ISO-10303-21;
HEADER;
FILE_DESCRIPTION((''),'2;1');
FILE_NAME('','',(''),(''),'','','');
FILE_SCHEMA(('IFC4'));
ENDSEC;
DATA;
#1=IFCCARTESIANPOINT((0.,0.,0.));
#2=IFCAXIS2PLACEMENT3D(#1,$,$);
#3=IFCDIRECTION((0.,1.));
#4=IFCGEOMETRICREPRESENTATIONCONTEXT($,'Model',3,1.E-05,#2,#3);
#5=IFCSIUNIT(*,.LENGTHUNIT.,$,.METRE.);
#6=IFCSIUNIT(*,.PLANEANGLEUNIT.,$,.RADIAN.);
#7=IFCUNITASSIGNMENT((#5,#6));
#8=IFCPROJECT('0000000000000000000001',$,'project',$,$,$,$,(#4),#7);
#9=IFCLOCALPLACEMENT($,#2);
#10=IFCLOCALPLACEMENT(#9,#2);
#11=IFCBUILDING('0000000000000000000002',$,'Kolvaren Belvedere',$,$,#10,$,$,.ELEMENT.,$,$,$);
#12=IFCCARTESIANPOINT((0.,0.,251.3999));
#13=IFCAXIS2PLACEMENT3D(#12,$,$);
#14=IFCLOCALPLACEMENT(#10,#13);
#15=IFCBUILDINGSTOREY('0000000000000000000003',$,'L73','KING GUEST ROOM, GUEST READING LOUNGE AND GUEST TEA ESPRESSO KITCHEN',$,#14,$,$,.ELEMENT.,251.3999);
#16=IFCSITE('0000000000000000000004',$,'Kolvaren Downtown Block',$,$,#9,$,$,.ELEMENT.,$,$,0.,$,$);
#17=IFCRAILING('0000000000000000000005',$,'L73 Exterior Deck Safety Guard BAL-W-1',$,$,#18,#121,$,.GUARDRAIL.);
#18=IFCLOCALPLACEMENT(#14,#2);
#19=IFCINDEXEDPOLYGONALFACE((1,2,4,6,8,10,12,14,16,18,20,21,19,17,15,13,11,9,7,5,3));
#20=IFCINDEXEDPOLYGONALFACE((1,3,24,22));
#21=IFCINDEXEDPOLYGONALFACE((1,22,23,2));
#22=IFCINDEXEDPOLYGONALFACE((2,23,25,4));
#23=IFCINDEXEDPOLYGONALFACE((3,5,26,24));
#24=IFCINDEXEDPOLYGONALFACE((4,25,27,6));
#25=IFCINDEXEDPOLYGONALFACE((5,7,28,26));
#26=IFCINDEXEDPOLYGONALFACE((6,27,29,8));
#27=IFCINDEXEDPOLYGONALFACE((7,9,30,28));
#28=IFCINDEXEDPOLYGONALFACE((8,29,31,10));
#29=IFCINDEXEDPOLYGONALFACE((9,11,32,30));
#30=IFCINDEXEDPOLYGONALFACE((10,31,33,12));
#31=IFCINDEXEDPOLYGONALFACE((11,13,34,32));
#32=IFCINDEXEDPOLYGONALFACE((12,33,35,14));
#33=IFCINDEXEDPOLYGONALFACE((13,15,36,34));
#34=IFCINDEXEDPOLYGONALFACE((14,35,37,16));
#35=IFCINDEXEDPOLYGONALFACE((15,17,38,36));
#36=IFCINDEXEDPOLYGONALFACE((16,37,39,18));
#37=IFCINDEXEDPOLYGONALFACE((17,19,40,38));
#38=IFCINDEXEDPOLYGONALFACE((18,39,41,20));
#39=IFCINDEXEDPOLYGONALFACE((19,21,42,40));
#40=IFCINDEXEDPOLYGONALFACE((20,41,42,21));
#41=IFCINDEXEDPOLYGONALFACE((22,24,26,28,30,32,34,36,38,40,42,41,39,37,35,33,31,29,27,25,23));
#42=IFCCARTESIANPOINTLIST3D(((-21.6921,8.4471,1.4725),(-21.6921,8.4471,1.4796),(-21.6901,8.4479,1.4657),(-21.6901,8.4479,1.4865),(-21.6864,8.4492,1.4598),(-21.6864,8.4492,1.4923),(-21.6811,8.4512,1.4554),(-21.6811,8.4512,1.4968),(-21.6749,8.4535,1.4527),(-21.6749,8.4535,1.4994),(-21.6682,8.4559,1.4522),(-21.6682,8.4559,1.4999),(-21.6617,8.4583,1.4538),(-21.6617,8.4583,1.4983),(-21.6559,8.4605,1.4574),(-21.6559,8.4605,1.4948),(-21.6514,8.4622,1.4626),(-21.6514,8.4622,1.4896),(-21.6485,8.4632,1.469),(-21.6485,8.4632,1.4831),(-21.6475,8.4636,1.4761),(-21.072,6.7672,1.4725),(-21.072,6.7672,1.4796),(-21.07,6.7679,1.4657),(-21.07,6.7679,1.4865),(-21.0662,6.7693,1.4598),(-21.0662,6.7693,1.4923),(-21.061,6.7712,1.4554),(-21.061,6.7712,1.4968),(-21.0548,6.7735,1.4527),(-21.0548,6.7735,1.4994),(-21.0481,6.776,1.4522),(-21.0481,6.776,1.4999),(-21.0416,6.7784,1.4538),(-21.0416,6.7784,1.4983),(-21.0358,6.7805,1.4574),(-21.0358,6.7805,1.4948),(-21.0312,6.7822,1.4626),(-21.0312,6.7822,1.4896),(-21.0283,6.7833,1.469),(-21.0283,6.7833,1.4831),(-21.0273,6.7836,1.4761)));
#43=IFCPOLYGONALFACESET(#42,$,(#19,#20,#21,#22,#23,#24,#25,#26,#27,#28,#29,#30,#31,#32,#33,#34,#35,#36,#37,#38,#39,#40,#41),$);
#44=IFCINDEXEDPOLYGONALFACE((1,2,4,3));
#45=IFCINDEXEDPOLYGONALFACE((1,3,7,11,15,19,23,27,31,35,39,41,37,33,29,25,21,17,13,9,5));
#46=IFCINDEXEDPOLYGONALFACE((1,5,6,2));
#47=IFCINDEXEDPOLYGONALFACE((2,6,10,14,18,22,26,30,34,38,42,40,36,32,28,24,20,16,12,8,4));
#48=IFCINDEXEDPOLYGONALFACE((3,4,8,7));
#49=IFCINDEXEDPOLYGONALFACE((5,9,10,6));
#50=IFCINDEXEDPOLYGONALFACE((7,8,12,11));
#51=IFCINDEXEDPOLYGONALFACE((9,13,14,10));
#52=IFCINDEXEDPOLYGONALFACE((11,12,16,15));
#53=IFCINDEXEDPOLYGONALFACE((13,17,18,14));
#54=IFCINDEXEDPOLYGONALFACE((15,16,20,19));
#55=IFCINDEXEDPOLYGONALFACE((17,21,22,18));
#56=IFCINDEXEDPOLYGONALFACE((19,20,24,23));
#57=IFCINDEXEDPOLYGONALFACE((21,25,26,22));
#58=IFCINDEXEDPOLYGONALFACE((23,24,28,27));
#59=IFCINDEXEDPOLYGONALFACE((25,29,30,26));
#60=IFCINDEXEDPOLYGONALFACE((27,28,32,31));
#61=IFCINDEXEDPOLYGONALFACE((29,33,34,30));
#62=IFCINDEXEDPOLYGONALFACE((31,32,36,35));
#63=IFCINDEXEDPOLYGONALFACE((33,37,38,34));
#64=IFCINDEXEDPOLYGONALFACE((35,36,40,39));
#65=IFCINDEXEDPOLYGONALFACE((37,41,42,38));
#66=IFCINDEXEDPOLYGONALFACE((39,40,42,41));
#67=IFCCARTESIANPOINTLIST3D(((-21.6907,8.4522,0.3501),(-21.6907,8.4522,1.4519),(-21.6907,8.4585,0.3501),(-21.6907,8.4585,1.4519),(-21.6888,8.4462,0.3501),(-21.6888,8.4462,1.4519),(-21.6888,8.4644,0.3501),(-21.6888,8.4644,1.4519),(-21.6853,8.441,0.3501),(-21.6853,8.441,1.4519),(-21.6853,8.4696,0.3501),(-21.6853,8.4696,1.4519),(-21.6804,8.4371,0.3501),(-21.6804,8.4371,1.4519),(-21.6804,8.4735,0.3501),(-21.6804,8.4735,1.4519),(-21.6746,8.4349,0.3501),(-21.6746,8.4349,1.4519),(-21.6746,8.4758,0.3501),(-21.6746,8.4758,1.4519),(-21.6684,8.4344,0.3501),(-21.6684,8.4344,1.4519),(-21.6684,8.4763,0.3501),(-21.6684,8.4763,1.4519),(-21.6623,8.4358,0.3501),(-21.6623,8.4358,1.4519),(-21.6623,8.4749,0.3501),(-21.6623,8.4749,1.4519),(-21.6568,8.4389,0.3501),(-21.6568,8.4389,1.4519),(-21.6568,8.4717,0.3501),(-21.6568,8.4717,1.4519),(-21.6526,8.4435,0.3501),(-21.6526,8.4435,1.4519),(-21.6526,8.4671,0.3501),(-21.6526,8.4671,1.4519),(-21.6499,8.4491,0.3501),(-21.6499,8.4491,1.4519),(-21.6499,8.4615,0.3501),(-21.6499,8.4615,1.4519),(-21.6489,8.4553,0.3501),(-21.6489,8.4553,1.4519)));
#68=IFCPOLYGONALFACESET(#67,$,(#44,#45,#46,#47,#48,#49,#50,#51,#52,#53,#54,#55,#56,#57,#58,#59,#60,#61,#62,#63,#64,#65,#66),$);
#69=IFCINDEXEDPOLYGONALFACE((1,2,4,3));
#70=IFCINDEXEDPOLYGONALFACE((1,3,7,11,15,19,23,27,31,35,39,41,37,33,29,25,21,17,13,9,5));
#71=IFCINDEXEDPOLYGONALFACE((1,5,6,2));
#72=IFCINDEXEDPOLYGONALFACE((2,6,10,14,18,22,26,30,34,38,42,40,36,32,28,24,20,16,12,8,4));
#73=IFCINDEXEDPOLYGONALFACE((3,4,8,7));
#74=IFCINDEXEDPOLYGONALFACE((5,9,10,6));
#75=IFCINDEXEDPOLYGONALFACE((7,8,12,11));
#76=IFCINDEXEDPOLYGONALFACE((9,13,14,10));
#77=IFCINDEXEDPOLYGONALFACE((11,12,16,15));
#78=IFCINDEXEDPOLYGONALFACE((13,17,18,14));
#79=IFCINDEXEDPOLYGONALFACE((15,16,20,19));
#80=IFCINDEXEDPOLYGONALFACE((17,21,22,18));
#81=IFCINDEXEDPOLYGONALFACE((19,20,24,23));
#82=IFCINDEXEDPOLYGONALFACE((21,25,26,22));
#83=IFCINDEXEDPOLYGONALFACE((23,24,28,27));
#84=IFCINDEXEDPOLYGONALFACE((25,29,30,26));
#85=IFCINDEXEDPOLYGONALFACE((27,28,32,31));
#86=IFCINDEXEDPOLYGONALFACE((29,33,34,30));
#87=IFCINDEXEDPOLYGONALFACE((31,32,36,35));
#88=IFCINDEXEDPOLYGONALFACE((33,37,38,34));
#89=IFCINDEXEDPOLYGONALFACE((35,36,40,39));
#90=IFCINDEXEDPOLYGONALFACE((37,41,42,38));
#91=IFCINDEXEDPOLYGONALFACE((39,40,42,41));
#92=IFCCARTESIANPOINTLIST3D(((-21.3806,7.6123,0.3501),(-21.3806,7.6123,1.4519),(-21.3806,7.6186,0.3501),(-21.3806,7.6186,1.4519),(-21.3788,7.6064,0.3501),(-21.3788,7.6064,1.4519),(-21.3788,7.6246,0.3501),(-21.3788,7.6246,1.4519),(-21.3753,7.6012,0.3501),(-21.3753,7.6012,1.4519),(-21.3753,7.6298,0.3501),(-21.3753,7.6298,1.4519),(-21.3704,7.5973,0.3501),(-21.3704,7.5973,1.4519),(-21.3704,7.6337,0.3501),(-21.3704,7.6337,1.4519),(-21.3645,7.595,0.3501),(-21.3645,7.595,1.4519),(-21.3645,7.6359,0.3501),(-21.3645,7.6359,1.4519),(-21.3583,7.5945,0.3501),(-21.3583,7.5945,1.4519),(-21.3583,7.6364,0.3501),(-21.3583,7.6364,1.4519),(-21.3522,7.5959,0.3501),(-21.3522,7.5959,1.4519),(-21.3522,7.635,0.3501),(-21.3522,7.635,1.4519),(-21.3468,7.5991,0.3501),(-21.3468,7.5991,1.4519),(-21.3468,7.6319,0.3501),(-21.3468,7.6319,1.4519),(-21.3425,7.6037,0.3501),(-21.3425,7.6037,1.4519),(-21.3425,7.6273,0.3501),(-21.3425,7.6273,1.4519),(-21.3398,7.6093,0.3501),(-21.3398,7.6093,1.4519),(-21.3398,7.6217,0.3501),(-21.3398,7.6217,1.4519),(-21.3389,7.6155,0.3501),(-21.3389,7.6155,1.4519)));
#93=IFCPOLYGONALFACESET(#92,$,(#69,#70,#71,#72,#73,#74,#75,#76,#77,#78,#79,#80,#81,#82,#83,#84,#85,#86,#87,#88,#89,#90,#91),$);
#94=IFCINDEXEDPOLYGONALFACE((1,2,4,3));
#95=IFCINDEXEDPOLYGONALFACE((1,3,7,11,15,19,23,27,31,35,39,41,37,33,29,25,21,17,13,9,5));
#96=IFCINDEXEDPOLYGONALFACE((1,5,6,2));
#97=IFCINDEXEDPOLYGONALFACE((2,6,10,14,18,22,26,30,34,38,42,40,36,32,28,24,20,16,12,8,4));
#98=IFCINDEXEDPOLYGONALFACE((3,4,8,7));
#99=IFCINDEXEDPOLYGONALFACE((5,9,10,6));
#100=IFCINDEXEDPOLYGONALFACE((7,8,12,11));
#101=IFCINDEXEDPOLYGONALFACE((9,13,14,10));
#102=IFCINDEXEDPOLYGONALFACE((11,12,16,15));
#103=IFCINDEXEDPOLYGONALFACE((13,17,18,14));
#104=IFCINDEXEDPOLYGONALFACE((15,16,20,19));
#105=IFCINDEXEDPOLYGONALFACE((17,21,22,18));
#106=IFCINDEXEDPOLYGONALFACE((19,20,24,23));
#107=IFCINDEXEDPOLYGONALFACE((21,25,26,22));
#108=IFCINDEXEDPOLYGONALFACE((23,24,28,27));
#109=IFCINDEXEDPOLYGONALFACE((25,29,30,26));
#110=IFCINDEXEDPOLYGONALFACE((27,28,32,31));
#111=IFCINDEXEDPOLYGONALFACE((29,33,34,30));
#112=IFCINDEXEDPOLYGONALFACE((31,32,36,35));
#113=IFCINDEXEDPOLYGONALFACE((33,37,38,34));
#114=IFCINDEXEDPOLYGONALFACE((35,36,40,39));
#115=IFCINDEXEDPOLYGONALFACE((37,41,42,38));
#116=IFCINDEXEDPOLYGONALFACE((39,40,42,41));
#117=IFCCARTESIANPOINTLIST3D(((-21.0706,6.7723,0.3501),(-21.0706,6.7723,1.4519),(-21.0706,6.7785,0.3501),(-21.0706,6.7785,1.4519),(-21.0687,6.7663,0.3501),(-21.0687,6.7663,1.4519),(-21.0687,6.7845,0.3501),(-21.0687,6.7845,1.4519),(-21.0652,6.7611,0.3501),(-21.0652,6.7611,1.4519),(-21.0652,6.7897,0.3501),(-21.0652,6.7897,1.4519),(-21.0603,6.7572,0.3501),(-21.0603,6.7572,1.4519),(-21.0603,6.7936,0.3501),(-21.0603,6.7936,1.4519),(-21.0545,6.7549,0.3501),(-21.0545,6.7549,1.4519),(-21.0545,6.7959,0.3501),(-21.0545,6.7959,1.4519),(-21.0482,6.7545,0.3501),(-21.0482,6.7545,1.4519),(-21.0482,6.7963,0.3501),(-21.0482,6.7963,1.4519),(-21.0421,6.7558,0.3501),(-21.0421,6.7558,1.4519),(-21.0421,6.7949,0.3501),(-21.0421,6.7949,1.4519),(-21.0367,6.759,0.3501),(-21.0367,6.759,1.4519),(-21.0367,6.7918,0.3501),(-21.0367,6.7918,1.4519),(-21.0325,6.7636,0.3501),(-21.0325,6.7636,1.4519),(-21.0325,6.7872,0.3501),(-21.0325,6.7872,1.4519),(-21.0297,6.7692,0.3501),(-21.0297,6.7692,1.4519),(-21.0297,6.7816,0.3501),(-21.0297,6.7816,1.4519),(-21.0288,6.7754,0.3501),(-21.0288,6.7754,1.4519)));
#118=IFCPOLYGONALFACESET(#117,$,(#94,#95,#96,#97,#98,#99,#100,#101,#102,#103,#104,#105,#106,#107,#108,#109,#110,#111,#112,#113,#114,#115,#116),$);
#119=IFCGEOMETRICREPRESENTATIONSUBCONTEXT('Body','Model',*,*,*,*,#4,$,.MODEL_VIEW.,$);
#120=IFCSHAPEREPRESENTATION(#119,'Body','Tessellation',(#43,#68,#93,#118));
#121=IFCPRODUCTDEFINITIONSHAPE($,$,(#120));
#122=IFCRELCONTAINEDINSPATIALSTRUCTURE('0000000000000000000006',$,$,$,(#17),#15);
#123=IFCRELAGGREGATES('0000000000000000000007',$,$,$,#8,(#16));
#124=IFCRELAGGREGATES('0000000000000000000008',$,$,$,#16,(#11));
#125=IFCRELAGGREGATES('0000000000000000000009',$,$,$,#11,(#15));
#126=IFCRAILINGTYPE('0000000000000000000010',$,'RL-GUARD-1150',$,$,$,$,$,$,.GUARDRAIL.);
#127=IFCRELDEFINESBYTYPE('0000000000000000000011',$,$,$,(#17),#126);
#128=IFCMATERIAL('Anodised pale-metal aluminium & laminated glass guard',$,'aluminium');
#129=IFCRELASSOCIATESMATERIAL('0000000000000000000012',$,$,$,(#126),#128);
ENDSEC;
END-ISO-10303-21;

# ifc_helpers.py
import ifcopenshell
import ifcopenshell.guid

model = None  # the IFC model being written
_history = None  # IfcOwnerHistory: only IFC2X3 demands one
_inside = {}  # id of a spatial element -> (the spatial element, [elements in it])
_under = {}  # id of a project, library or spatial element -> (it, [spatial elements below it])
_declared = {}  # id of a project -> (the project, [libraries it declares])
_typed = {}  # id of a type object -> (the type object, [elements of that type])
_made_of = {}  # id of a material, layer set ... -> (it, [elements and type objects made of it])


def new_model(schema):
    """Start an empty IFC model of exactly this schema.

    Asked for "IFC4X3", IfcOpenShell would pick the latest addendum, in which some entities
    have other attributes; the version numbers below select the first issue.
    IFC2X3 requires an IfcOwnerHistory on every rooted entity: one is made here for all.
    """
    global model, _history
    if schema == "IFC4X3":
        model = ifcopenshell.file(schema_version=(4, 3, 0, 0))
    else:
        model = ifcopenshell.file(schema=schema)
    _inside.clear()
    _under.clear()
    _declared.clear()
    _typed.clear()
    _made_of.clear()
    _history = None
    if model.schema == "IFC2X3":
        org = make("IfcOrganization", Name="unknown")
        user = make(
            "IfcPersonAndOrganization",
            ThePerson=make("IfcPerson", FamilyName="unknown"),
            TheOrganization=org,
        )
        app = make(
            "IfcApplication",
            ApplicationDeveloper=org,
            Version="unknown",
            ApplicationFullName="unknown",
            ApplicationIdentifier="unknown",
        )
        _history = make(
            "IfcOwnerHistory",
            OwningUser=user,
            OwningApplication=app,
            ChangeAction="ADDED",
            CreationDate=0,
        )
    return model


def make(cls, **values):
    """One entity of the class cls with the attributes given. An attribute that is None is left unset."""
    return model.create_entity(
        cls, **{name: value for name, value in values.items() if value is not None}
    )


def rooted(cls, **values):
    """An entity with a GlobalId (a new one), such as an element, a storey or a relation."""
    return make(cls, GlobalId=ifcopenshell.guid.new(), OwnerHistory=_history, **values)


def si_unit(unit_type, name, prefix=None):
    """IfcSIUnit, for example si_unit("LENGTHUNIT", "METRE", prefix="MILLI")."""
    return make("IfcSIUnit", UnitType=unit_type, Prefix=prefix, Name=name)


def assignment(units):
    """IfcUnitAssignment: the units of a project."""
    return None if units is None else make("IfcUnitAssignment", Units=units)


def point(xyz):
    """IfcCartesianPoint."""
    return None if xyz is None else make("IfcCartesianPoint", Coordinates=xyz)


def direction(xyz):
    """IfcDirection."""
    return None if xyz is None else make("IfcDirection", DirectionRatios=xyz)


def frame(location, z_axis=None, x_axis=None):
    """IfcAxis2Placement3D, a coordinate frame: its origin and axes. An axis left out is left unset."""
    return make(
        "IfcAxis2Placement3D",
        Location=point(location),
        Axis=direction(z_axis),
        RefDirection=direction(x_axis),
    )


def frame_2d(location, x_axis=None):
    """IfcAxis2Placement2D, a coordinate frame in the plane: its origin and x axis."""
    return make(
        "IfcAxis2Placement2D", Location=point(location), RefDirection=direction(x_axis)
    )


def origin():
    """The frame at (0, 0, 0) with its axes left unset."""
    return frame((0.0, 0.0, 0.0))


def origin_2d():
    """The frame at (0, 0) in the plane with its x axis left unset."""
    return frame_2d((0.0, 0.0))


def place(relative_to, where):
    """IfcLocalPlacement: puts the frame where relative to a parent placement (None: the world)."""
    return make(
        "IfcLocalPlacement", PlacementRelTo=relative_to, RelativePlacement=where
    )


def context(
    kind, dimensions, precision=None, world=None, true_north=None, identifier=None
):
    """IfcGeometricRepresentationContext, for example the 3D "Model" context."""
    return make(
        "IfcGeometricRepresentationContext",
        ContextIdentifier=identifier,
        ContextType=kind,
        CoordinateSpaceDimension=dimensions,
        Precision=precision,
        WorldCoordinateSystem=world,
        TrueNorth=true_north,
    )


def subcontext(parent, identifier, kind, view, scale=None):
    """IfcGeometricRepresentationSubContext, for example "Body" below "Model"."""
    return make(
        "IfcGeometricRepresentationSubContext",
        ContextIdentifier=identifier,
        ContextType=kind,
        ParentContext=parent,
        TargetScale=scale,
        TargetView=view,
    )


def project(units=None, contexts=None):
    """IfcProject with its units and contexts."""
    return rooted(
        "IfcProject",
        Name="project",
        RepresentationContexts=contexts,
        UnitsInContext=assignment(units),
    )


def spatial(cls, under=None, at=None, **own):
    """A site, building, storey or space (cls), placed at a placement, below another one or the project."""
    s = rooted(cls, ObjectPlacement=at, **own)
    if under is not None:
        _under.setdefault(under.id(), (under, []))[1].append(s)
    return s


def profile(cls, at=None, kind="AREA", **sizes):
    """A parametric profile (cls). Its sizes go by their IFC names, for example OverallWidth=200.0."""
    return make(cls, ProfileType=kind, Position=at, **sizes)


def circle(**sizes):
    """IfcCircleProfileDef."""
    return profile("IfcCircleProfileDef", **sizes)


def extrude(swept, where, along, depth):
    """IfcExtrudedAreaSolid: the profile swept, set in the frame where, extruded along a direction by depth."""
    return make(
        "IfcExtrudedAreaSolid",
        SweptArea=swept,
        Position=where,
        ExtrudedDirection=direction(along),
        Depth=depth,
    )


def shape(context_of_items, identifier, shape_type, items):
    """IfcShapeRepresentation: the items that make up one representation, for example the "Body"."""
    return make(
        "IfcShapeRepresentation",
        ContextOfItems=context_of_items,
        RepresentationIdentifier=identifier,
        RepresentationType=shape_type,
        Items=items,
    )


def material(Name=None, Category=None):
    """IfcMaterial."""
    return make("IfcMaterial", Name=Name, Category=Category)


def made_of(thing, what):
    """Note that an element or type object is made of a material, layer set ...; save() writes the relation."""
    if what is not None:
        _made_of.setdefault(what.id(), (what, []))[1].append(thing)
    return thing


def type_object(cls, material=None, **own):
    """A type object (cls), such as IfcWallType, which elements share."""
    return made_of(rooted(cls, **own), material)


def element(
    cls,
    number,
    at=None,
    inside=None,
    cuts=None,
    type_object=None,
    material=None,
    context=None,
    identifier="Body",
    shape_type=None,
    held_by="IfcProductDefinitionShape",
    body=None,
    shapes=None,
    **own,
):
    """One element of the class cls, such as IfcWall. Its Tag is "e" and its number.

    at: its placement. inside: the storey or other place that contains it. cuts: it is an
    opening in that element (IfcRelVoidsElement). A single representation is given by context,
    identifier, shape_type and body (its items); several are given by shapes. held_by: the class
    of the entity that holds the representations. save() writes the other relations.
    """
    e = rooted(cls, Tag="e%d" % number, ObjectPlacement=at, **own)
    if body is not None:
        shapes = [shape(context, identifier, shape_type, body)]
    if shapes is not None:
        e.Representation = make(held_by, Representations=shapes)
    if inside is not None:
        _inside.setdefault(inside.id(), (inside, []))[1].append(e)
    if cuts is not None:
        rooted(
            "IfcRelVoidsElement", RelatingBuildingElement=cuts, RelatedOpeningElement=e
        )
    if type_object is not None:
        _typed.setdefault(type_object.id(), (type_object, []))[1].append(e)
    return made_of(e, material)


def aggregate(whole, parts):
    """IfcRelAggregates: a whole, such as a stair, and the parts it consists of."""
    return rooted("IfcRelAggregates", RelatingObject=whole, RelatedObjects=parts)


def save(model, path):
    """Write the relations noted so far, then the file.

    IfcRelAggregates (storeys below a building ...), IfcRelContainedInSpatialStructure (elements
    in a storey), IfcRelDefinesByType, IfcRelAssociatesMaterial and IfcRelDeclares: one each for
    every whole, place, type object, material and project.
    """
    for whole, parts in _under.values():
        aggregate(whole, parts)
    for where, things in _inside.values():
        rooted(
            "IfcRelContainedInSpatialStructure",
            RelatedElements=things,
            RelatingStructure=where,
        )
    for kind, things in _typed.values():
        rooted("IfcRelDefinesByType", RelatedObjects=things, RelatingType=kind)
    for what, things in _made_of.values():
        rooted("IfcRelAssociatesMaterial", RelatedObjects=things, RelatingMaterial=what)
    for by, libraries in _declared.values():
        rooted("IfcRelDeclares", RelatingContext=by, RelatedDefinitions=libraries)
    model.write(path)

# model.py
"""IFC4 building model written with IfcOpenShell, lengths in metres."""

from ifc_helpers import new_model, si_unit, direction, frame, origin, origin_2d, place, context, subcontext, project, spatial, circle, extrude, material, type_object, element, save


model = new_model("IFC4")

# Units and contexts
model_context = context("Model", 3, precision=1e-05, world=origin(), true_north=direction((0.0, 1.0)))
body_context = subcontext(model_context, "Body", "Model", "MODEL_VIEW")
ifc_project = project(units=[si_unit("LENGTHUNIT", "METRE"), si_unit("PLANEANGLEUNIT", "RADIAN")], contexts=[model_context])

# Site, building, storey
site_placement = place(None, origin())
site = spatial("IfcSite", under=ifc_project, at=site_placement, Name="Kolvaren Downtown Block", CompositionType="ELEMENT", RefElevation=0.0)
building_placement = place(site_placement, origin())
building = spatial("IfcBuilding", under=site, at=building_placement, Name="Kolvaren Belvedere", CompositionType="ELEMENT")
storey_placement = place(building_placement, frame((0.0, 0.0, 251.3999)))
storey = spatial("IfcBuildingStorey", under=building, at=storey_placement, Name="L73", Description="KING GUEST ROOM, GUEST READING LOUNGE AND GUEST TEA ESPRESSO KITCHEN", CompositionType="ELEMENT", Elevation=251.3999)

# Railing
ifc_material_1 = material(Name="Anodised pale-metal aluminium & laminated glass guard", Category="aluminium")
railing_type = type_object("IfcRailingType", Name="RL-GUARD-1150", PredefinedType="GUARDRAIL", material=ifc_material_1)
railing_1_placement = place(storey_placement, frame((-21.6699, 8.4553, 0.3501)))
element("IfcRailing", 1, at=railing_1_placement, inside=storey, type_object=railing_type, Name="L73 Exterior Deck Safety Guard BAL-W-1", PredefinedType="GUARDRAIL", context=body_context, shape_type="SweptSolid", body=[
    extrude(circle(Radius=0.0239, at=origin_2d()), frame((0.0, 0.0, 1.126), z_axis=(0.346293, -0.938126, 0.0), x_axis=(0.938126, 0.346293, 0.0)), (0.0, 0.0, 1.0), 1.7908),
    extrude(circle(Radius=0.021, at=origin_2d()), origin(), (0.0, 0.0, 1.0), 1.1018),
    extrude(circle(Radius=0.021, at=origin_2d()), frame((0.3101, -0.8398, 0.0)), (0.0, 0.0, 1.0), 1.1018),
    extrude(circle(Radius=0.021, at=origin_2d()), frame((0.6201, -1.6799, 0.0)), (0.0, 0.0, 1.0), 1.1018),
])

save(model, "model.ifc")
